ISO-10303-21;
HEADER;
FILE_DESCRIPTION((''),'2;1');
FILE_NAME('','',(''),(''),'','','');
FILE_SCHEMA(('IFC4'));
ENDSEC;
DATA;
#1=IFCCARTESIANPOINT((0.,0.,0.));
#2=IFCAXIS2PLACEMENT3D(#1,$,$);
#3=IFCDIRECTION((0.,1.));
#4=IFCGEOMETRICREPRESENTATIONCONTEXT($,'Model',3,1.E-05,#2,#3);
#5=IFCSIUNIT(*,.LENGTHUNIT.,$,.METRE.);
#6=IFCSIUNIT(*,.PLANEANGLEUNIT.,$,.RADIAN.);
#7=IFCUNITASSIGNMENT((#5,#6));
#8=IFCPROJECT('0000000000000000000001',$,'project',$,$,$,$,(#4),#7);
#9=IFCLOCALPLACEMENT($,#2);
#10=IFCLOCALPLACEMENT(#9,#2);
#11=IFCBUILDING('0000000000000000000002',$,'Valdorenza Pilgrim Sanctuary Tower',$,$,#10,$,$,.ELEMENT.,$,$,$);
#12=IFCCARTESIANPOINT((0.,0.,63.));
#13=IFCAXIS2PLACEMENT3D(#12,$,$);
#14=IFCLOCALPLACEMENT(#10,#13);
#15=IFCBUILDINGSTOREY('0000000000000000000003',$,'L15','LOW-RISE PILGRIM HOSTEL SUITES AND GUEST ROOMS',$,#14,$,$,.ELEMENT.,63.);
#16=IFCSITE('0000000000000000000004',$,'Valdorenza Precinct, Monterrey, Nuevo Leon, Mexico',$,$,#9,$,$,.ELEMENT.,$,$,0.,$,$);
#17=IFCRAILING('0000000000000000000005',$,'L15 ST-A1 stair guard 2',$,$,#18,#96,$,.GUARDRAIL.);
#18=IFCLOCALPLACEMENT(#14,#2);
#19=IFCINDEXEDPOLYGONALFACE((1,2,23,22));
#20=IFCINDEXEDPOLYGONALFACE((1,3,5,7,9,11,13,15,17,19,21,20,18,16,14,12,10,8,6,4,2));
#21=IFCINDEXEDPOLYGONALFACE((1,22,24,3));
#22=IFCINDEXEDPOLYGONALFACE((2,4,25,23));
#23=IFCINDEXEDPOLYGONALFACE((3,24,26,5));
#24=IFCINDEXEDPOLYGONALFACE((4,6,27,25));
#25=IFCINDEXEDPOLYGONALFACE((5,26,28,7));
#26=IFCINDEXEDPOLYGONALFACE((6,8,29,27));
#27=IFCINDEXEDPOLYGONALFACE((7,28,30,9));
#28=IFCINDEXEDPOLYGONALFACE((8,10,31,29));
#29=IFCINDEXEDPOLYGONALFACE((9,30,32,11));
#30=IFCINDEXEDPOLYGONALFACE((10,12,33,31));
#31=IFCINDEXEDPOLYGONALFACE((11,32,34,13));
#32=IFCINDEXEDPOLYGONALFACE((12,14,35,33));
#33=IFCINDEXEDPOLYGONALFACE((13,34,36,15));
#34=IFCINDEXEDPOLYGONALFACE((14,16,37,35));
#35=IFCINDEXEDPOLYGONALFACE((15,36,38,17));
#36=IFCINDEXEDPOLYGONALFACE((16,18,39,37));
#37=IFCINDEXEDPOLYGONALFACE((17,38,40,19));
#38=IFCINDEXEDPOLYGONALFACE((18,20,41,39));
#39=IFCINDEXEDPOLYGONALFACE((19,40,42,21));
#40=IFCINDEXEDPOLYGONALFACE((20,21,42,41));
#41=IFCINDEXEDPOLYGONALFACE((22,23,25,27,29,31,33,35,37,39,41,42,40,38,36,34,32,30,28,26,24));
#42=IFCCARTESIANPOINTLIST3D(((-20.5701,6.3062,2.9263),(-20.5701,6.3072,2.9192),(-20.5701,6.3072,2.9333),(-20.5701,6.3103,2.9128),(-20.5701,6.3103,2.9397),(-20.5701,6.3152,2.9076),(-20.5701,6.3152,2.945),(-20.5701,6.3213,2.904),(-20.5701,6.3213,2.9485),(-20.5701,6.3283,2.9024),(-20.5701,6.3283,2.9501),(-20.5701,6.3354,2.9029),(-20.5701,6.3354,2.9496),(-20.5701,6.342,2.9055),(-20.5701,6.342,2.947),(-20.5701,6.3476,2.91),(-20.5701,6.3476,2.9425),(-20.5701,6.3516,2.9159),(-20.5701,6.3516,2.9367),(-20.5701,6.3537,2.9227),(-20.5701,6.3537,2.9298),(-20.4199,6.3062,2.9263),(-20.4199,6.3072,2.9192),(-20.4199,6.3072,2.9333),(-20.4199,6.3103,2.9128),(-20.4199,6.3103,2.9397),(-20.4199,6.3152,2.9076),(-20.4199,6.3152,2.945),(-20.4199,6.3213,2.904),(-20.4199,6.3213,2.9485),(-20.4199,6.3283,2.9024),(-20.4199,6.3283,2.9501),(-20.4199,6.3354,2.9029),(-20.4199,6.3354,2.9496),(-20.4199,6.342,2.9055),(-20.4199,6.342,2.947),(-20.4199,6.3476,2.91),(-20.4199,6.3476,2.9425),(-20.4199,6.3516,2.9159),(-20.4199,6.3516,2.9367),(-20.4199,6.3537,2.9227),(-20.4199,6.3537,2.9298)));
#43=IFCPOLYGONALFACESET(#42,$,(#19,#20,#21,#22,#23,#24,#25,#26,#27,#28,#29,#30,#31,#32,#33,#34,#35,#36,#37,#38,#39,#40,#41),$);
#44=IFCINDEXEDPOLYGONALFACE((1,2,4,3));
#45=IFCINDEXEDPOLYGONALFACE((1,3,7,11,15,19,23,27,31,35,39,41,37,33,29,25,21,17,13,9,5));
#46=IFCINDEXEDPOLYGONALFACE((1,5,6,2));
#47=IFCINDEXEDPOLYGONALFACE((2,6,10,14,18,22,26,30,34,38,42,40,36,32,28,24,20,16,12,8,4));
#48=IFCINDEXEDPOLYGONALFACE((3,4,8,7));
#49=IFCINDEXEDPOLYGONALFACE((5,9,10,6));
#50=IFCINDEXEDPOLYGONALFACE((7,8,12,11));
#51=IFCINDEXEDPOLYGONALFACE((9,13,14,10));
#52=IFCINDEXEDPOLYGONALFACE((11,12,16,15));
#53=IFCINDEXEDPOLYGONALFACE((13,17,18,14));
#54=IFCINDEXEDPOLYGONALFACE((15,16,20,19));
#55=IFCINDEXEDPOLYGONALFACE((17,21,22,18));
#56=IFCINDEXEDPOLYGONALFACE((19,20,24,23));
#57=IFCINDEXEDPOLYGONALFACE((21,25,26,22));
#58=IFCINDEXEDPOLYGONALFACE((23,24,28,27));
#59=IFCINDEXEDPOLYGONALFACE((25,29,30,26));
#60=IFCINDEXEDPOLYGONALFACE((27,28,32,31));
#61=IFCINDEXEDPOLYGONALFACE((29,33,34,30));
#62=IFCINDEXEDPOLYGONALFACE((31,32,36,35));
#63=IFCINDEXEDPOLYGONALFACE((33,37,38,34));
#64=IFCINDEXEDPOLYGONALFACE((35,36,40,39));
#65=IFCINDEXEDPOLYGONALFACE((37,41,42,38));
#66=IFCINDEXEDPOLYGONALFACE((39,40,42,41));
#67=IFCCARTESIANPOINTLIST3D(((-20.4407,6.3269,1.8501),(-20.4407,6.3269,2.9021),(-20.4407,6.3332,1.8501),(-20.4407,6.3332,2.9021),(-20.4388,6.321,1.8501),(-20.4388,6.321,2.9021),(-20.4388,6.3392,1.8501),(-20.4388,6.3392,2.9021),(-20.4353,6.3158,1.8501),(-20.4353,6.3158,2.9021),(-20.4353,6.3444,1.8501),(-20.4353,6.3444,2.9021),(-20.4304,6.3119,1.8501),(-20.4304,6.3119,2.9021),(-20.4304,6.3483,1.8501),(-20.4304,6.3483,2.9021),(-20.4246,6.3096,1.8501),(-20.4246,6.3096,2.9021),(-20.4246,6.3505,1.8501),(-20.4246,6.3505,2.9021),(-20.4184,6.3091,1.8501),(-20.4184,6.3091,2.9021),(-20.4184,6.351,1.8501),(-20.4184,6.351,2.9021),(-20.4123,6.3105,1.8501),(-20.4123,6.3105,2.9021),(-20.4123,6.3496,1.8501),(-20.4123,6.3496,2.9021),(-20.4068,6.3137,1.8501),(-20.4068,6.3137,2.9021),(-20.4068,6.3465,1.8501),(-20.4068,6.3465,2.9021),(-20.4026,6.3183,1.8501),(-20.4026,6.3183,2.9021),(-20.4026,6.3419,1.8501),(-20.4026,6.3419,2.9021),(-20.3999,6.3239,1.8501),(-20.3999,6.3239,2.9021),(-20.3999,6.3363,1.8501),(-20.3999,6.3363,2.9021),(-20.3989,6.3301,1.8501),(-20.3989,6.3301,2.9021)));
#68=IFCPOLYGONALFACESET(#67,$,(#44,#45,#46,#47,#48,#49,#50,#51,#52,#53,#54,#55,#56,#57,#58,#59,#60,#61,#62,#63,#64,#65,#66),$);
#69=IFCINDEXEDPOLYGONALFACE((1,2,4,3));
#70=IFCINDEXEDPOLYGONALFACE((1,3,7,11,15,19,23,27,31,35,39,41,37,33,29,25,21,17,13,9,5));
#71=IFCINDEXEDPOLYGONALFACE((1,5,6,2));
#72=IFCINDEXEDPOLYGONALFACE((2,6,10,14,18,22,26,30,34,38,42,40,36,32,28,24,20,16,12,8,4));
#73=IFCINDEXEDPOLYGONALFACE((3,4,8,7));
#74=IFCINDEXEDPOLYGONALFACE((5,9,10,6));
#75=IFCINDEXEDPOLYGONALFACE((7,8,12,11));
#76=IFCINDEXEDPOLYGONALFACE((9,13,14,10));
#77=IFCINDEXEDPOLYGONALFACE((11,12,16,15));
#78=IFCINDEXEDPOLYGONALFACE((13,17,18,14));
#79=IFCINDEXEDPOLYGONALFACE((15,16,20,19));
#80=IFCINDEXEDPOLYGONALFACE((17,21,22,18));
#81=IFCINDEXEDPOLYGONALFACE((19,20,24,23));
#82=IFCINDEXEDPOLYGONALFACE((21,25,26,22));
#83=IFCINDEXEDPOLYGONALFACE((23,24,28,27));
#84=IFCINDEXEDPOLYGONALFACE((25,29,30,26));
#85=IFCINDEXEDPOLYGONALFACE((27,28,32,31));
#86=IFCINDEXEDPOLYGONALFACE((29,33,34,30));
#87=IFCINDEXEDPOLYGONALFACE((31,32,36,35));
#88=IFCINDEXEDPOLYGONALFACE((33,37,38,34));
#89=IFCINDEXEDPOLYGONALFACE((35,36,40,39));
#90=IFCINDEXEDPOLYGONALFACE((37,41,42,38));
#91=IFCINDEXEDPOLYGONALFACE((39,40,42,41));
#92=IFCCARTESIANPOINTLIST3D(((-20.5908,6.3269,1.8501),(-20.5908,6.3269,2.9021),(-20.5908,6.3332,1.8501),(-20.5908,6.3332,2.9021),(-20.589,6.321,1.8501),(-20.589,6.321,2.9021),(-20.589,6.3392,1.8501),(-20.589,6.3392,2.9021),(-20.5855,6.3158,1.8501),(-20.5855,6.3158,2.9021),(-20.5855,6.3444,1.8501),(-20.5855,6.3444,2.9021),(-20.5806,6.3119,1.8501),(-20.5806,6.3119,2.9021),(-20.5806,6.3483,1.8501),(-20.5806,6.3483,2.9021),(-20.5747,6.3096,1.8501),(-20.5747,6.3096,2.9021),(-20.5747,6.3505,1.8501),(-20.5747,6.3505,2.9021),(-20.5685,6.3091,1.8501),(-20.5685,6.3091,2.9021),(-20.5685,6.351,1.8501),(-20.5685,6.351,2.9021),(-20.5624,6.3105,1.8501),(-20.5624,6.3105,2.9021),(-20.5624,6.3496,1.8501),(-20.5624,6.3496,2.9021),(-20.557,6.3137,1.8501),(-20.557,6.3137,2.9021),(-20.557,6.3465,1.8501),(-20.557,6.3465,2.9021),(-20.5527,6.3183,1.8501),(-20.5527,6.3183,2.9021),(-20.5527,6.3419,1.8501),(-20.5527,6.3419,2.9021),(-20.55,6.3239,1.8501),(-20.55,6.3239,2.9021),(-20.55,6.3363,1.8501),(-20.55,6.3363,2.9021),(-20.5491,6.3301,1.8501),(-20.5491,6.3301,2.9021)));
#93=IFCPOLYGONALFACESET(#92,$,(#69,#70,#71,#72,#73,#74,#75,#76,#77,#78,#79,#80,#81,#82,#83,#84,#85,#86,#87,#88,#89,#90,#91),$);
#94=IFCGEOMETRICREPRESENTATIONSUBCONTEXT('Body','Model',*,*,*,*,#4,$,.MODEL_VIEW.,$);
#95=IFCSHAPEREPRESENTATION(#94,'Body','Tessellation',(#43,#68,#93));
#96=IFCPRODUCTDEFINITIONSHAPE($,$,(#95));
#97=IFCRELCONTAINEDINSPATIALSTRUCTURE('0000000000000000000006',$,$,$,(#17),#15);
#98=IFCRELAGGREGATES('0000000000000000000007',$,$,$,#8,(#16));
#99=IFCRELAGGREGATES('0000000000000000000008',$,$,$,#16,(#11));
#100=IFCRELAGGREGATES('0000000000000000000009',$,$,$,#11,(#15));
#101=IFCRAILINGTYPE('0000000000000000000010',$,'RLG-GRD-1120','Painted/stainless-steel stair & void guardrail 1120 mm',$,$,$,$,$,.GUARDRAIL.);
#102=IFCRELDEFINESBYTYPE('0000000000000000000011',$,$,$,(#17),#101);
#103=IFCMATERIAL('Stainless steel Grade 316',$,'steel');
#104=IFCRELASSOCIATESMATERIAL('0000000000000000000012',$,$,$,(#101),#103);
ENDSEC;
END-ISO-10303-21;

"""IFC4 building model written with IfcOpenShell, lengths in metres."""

from ifc_helpers import new_model, si_unit, direction, frame, origin, origin_2d, place, context, subcontext, project, spatial, circle, extrude, material, type_object, element, save


model = new_model("IFC4")

# Units and contexts
model_context = context("Model", 3, precision=1e-05, world=origin(), true_north=direction((0.0, 1.0)))
body_context = subcontext(model_context, "Body", "Model", "MODEL_VIEW")
ifc_project = project(units=[si_unit("LENGTHUNIT", "METRE"), si_unit("PLANEANGLEUNIT", "RADIAN")], contexts=[model_context])

# Site, building, storey
site_placement = place(None, origin())
site = spatial("IfcSite", under=ifc_project, at=site_placement, Name="Valdorenza Precinct, Monterrey, Nuevo Leon, Mexico", CompositionType="ELEMENT", RefElevation=0.0)
building_placement = place(site_placement, origin())
building = spatial("IfcBuilding", under=site, at=building_placement, Name="Valdorenza Pilgrim Sanctuary Tower", CompositionType="ELEMENT")
storey_placement = place(building_placement, frame((0.0, 0.0, 63.0)))
storey = spatial("IfcBuildingStorey", under=building, at=storey_placement, Name="L15", Description="LOW-RISE PILGRIM HOSTEL SUITES AND GUEST ROOMS", CompositionType="ELEMENT", Elevation=63.0)

# Railing
ifc_material_1 = material(Name="Stainless steel Grade 316", Category="steel")
railing_type_1 = type_object("IfcRailingType", Name="RLG-GRD-1120", Description="Painted/stainless-steel stair & void guardrail 1120 mm", PredefinedType="GUARDRAIL", material=ifc_material_1)
railing_1_placement = place(storey_placement, frame((-20.4199, 6.3301, 1.8501)))
element("IfcRailing", 1, at=railing_1_placement, inside=storey, type_object=railing_type_1, Name="L15 ST-A1 stair guard 2", PredefinedType="GUARDRAIL", context=body_context, shape_type="SweptSolid", body=[
    extrude(circle(Radius=0.0239, at=origin_2d()), frame((0.0, 0.0, 1.0762), z_axis=(-1.0, 0.0, 0.0), x_axis=(0.0, -1.0, 0.0)), (0.0, 0.0, 1.0), 0.1501),
    extrude(circle(Radius=0.021, at=origin_2d()), origin(), (0.0, 0.0, 1.0), 1.052),
    extrude(circle(Radius=0.021, at=origin_2d()), frame((-0.1501, 0.0, 0.0)), (0.0, 0.0, 1.0), 1.052),
])

save(model, "model.ifc")
